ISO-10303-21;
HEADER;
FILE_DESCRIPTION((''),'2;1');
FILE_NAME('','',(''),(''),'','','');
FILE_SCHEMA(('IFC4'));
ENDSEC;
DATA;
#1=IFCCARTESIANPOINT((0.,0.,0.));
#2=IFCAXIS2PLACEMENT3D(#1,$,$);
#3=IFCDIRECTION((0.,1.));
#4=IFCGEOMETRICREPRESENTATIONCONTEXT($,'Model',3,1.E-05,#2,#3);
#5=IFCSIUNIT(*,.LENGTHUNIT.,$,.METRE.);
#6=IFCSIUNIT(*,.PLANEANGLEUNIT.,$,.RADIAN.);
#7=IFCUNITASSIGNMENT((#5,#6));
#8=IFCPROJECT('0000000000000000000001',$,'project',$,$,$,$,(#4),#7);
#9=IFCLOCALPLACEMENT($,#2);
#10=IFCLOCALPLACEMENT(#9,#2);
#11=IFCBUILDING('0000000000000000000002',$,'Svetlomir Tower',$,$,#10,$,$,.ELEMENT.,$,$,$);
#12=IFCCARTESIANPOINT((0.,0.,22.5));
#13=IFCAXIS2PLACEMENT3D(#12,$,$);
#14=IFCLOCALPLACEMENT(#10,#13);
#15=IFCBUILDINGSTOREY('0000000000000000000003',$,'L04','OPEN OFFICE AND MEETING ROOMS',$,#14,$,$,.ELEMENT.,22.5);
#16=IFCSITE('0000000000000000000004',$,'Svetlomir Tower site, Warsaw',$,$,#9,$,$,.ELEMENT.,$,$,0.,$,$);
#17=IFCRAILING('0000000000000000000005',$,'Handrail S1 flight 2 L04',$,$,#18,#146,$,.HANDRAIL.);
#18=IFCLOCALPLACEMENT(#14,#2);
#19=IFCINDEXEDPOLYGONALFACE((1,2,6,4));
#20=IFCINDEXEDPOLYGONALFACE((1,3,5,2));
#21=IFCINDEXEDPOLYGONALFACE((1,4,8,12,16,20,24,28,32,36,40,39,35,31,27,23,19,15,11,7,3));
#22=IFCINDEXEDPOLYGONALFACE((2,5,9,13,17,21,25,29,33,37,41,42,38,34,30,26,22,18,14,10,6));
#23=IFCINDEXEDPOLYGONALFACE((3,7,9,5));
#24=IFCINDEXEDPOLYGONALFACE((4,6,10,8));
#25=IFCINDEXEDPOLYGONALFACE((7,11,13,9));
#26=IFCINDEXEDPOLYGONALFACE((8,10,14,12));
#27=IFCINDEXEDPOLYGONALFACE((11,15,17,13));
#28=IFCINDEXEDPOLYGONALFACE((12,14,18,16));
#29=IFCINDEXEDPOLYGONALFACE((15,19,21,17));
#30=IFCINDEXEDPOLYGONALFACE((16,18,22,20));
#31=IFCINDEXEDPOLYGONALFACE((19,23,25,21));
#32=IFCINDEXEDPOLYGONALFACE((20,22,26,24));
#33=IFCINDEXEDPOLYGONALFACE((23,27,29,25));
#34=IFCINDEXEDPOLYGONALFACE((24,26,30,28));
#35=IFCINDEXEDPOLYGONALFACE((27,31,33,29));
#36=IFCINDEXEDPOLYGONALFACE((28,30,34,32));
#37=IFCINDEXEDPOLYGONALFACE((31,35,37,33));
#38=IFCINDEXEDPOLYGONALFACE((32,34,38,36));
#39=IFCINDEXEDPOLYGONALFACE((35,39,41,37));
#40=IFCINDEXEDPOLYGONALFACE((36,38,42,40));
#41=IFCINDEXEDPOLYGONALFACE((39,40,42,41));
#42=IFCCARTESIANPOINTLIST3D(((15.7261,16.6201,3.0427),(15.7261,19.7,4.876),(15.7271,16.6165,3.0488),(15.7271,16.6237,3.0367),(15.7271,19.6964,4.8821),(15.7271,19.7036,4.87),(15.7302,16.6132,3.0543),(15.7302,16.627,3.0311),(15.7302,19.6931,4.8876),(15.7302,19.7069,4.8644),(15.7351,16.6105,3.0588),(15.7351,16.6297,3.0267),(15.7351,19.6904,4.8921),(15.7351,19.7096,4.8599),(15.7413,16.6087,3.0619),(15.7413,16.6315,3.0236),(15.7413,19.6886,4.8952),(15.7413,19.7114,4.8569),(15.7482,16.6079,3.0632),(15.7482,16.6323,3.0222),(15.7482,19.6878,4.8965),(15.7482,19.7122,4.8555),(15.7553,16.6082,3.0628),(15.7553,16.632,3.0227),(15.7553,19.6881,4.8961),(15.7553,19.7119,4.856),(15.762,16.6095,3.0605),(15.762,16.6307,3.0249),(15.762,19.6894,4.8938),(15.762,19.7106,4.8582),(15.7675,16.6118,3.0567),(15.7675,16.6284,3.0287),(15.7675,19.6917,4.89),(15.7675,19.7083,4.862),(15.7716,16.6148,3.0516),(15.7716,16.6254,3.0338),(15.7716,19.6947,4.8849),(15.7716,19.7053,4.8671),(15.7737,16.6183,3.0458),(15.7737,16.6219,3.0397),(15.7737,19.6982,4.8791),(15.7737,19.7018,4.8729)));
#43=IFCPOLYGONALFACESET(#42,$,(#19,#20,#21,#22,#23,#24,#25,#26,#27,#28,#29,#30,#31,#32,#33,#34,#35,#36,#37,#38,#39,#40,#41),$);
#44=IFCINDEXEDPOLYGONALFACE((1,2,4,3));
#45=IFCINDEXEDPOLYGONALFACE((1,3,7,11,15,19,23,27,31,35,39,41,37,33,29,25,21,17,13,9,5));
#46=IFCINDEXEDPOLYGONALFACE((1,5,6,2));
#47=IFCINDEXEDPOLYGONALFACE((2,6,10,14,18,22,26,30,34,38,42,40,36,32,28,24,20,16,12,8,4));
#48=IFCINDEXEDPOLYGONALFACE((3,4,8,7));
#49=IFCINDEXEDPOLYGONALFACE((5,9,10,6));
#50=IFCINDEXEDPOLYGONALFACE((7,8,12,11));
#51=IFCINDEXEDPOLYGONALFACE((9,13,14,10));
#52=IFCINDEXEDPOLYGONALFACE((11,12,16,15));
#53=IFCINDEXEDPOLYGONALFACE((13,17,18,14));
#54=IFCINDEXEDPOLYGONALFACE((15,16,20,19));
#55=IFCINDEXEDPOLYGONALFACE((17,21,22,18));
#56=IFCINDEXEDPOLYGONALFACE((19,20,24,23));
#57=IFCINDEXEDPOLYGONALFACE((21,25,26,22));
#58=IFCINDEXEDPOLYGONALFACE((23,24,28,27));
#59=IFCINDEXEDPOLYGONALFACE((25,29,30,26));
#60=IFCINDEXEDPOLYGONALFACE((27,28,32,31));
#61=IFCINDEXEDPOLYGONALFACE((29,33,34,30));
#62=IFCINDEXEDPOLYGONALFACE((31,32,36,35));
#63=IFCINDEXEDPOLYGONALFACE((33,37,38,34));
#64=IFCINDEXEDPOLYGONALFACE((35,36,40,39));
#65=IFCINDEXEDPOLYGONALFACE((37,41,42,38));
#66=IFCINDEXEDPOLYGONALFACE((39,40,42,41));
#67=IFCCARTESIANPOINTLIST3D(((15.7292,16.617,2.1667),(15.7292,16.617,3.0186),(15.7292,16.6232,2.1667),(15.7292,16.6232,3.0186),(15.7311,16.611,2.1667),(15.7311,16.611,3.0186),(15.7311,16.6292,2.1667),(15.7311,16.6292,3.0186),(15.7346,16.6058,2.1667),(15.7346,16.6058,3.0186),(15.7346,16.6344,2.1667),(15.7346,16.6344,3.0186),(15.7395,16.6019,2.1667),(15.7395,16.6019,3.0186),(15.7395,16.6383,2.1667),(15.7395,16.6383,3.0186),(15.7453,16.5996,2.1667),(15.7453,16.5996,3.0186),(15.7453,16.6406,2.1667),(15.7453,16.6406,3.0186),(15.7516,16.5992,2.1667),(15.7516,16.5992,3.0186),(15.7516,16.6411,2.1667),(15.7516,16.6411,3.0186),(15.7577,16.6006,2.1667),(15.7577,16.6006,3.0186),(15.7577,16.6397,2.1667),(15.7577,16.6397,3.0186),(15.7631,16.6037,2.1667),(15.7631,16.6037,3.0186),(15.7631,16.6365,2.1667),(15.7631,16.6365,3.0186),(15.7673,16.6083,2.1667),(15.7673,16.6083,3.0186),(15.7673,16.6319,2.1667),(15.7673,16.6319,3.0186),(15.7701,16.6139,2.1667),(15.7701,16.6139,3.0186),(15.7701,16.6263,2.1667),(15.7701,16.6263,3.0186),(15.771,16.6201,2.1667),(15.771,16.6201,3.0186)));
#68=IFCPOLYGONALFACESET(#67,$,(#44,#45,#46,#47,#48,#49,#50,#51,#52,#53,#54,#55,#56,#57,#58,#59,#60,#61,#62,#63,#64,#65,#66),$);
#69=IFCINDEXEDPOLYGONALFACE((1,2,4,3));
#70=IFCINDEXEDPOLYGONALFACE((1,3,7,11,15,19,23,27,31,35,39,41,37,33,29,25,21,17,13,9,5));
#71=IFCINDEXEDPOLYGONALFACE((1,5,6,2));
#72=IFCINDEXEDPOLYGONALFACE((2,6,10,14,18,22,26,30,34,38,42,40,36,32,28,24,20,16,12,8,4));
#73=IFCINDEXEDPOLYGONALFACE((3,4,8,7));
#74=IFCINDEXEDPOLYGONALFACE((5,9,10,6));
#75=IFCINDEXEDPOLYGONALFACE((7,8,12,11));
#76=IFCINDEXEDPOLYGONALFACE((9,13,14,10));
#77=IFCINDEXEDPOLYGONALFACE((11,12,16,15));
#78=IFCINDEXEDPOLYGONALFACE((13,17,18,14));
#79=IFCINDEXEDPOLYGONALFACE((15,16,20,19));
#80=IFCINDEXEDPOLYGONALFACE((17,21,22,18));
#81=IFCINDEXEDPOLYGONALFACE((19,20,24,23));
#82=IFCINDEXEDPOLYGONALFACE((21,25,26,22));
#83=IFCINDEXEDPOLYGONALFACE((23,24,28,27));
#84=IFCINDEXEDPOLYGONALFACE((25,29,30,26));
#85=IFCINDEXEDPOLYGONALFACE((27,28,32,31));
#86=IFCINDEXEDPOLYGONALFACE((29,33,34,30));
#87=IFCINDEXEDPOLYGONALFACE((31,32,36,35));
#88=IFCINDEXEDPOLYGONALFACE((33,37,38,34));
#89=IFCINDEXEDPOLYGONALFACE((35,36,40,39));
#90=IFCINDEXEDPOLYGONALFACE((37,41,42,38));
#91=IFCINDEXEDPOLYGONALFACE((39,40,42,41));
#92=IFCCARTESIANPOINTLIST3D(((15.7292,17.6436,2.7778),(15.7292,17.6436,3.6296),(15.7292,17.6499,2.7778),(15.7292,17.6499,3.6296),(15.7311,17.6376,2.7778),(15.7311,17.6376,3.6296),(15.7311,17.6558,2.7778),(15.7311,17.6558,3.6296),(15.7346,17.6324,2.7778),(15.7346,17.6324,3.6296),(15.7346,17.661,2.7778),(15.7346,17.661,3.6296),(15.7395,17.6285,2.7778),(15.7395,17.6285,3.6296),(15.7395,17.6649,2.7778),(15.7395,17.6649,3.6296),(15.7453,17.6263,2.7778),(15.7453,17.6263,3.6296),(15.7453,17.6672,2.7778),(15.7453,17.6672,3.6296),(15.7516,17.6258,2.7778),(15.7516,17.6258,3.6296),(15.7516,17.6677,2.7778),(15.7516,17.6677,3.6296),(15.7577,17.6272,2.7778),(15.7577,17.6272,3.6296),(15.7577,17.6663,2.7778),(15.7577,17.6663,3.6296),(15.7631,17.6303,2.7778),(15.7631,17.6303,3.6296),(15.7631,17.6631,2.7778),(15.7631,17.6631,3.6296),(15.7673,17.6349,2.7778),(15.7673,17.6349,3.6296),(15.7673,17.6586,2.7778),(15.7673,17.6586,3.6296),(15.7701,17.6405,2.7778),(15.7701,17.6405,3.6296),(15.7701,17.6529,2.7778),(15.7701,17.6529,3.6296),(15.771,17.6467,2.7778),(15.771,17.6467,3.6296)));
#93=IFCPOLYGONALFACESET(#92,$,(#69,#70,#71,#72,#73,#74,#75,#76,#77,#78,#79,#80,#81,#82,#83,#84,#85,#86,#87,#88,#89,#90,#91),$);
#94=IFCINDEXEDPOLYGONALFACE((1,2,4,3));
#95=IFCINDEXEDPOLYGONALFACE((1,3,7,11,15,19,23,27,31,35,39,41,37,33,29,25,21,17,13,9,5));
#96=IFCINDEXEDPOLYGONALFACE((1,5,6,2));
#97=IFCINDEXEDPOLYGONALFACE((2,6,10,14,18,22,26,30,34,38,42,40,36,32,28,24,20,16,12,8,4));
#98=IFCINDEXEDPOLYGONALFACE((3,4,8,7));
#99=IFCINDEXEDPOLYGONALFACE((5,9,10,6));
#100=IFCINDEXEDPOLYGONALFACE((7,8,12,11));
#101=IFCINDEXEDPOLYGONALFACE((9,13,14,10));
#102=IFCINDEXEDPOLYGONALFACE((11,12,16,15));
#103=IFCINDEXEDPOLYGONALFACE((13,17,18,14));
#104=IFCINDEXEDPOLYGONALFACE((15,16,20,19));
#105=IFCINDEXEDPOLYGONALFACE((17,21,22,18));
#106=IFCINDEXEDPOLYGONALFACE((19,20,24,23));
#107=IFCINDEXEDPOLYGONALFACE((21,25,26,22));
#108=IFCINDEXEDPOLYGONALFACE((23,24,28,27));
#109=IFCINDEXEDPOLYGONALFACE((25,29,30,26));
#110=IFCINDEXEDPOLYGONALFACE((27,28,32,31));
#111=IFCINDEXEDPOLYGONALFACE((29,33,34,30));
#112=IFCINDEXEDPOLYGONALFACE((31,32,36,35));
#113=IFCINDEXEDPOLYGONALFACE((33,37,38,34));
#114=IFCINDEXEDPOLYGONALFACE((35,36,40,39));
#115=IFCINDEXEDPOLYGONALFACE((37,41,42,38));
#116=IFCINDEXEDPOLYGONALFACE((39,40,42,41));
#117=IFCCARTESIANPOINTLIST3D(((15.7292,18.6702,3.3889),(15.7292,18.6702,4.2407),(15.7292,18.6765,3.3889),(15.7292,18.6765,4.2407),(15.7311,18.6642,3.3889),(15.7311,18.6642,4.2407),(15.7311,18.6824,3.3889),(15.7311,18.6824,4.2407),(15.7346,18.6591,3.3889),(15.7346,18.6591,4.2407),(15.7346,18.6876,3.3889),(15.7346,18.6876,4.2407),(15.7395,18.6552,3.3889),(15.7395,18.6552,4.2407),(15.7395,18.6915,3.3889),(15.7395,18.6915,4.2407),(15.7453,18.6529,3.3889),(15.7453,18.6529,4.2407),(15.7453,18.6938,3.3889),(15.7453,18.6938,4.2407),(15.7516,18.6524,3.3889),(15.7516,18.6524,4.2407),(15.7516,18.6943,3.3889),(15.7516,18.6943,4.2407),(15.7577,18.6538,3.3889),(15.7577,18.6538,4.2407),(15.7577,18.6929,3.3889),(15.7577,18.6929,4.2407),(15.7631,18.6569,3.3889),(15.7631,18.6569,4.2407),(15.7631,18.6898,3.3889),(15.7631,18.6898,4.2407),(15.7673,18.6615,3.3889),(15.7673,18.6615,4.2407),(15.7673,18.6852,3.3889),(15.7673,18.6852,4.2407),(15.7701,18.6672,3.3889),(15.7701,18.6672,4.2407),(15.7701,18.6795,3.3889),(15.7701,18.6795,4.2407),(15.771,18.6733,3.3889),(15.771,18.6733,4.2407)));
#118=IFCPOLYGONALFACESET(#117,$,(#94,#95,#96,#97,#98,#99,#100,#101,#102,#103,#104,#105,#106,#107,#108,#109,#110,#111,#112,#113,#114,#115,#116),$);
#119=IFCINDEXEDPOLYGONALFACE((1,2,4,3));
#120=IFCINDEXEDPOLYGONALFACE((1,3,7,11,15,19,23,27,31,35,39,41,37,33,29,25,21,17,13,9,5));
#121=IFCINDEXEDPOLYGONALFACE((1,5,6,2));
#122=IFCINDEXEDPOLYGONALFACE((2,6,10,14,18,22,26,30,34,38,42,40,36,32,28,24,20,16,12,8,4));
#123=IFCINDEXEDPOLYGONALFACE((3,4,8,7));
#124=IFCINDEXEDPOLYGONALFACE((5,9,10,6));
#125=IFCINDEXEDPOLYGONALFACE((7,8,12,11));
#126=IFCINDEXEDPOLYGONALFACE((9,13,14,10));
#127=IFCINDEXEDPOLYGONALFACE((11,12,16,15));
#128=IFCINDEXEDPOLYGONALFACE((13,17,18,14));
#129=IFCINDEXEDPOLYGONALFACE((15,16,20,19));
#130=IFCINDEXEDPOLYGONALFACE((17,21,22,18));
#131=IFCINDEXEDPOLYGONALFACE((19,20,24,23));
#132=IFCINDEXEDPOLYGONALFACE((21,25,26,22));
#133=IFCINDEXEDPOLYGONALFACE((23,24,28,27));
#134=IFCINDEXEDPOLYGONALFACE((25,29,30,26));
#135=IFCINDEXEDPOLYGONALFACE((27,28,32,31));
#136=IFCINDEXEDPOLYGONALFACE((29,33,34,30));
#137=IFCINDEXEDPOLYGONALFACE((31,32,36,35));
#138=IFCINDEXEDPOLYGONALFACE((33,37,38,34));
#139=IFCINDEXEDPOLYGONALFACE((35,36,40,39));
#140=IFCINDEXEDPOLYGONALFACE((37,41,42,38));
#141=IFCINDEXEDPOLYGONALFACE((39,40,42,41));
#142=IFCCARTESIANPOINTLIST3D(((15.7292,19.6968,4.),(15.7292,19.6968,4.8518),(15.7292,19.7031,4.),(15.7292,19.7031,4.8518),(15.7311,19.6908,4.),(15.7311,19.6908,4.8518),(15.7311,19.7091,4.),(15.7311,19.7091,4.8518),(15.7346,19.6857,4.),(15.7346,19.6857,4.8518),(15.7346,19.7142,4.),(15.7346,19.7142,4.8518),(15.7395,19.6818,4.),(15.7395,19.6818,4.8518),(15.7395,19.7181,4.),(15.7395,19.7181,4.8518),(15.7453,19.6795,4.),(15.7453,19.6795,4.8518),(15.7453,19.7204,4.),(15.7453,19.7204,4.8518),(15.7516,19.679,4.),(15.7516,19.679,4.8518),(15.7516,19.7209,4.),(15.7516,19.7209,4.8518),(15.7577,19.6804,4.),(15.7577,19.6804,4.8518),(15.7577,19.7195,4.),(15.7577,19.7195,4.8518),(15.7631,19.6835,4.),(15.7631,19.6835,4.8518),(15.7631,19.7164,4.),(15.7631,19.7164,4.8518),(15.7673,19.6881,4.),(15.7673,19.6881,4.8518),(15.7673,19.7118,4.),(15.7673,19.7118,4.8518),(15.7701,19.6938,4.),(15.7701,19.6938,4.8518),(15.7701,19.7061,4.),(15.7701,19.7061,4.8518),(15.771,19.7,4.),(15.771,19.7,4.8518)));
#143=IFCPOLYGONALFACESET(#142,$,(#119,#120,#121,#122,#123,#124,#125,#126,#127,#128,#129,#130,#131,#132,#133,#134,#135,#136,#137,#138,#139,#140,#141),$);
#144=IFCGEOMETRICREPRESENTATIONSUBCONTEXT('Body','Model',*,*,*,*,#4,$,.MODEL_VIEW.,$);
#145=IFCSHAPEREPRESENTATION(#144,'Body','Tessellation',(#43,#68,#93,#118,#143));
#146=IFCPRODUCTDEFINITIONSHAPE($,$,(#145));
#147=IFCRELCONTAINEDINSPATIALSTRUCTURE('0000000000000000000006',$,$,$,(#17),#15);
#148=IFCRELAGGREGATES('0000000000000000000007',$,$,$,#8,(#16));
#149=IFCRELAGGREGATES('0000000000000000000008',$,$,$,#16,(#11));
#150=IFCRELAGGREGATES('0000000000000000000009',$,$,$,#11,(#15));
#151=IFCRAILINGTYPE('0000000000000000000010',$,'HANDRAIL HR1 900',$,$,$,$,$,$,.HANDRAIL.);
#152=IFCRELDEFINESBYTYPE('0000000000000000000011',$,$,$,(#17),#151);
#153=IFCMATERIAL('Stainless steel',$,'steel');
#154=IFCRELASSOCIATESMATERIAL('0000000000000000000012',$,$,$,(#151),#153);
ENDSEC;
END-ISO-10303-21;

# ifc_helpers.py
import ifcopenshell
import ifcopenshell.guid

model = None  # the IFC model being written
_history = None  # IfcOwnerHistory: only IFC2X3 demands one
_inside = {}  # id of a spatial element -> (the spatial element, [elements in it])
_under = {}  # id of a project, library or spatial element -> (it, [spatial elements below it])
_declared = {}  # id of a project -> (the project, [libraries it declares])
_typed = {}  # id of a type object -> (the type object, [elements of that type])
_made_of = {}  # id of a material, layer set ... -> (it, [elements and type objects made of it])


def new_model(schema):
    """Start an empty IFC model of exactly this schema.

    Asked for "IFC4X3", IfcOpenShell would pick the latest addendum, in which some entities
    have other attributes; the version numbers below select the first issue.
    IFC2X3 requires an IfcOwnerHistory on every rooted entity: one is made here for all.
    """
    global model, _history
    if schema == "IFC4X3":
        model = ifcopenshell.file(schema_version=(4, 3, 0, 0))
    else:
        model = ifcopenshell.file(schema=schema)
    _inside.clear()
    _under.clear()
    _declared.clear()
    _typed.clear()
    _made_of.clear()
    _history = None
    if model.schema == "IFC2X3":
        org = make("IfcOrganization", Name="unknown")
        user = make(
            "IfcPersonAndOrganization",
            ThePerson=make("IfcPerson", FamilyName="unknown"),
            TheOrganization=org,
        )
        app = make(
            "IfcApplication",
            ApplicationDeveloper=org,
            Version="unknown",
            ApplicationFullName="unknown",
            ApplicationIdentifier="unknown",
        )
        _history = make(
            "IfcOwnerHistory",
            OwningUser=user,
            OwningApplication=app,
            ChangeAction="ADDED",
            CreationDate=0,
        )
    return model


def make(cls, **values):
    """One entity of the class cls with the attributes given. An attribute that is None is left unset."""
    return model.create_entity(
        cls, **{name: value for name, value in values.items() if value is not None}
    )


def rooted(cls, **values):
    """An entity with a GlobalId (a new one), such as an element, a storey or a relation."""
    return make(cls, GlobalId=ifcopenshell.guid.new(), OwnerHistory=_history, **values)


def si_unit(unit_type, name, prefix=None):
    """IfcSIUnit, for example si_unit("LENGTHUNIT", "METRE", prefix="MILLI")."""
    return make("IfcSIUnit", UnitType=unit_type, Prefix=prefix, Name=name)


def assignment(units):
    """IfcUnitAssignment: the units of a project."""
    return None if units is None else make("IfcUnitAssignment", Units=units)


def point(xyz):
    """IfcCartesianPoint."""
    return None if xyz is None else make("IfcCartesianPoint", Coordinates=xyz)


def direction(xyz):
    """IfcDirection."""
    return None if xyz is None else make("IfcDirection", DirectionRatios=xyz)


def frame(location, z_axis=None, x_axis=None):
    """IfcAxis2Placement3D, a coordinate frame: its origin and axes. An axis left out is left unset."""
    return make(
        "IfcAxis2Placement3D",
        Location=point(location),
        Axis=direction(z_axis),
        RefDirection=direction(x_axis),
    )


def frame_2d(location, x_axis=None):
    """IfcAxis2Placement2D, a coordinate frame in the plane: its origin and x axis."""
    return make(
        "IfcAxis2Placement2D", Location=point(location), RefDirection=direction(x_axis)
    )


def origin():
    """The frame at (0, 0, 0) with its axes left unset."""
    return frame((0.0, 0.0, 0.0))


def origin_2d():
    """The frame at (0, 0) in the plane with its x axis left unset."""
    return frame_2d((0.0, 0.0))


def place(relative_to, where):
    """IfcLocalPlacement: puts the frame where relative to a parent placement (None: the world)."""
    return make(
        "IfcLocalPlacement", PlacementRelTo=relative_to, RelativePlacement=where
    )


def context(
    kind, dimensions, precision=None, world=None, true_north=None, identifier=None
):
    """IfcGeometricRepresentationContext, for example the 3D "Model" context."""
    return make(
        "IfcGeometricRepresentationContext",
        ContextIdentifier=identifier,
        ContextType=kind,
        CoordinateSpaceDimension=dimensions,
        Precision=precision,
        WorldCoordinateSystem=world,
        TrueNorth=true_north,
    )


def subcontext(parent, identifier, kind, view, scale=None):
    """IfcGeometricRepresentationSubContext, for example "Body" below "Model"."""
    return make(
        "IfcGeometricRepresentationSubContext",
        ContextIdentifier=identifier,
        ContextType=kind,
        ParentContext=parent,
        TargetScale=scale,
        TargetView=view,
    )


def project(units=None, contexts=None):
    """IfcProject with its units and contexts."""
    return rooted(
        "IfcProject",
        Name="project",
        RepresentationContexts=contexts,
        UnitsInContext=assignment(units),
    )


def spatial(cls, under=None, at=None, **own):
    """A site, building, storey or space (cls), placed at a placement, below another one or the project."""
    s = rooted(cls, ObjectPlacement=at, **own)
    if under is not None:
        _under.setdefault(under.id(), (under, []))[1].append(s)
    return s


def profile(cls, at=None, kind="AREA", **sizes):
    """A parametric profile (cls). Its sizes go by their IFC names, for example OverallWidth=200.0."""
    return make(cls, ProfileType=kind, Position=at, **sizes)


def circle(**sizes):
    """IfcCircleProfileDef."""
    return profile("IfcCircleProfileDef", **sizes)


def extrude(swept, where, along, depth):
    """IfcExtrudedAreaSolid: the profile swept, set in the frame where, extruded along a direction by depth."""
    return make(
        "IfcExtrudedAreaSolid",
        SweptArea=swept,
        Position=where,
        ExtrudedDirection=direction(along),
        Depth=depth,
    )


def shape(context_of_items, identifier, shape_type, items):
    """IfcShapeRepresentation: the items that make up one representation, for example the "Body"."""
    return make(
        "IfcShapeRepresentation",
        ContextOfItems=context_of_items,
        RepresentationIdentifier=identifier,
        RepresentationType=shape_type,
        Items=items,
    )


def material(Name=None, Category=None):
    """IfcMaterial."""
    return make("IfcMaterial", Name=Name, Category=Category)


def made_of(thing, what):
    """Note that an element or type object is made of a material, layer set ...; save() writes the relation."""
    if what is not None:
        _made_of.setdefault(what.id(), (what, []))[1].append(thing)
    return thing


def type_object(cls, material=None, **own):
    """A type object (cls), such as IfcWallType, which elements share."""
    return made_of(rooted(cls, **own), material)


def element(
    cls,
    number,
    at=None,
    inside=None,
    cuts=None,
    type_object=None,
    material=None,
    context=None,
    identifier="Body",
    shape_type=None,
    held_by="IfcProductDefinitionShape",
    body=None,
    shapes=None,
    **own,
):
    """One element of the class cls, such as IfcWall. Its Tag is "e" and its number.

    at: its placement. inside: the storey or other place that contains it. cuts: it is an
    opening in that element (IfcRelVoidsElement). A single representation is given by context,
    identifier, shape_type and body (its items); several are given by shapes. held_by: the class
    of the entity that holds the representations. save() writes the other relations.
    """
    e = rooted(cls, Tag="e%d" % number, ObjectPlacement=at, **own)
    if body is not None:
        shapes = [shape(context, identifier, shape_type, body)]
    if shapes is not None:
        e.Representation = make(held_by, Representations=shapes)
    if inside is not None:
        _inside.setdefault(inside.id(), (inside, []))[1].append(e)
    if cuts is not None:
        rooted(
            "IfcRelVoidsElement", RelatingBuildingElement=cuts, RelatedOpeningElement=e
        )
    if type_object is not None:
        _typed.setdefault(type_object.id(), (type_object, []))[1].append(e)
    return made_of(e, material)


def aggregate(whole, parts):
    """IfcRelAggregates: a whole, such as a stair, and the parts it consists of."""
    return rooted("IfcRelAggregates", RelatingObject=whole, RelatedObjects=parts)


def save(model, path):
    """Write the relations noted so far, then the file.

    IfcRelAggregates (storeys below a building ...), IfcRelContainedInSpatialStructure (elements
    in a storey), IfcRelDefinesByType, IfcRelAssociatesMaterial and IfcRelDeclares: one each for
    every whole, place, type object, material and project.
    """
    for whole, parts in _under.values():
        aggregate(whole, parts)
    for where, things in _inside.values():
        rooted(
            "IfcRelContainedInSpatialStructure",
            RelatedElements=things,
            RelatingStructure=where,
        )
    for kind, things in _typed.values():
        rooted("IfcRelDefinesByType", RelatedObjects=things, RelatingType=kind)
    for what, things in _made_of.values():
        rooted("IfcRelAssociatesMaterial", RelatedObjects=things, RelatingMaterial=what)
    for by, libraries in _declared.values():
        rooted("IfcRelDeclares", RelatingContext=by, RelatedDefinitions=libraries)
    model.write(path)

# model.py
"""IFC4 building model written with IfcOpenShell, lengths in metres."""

from ifc_helpers import new_model, si_unit, direction, frame, origin, origin_2d, place, context, subcontext, project, spatial, circle, extrude, material, type_object, element, save


model = new_model("IFC4")

# Units and contexts
model_context = context("Model", 3, precision=1e-05, world=origin(), true_north=direction((0.0, 1.0)))
body_context = subcontext(model_context, "Body", "Model", "MODEL_VIEW")
ifc_project = project(units=[si_unit("LENGTHUNIT", "METRE"), si_unit("PLANEANGLEUNIT", "RADIAN")], contexts=[model_context])

# Site, building, storey
site_placement = place(None, origin())
site = spatial("IfcSite", under=ifc_project, at=site_placement, Name="Svetlomir Tower site, Warsaw", CompositionType="ELEMENT", RefElevation=0.0)
building_placement = place(site_placement, origin())
building = spatial("IfcBuilding", under=site, at=building_placement, Name="Svetlomir Tower", CompositionType="ELEMENT")
storey_placement = place(building_placement, frame((0.0, 0.0, 22.5)))
storey = spatial("IfcBuildingStorey", under=building, at=storey_placement, Name="L04", Description="OPEN OFFICE AND MEETING ROOMS", CompositionType="ELEMENT", Elevation=22.5)

# Railing
ifc_material_1 = material(Name="Stainless steel", Category="steel")
railing_type = type_object("IfcRailingType", Name="HANDRAIL HR1 900", PredefinedType="HANDRAIL", material=ifc_material_1)
railing_placement = place(storey_placement, frame((15.75, 16.6201, 2.1667)))
element("IfcRailing", 1, at=railing_placement, inside=storey, type_object=railing_type, Name="Handrail S1 flight 2 L04", PredefinedType="HANDRAIL", context=body_context, shape_type="SweptSolid", body=[
    extrude(circle(Radius=0.0239, at=origin_2d()), frame((0.0, 0.0, 0.876), z_axis=(0.0, 0.859291, 0.511487), x_axis=(-1.0, 0.0, 0.0)), (0.0, 0.0, 1.0), 3.5842),
    extrude(circle(Radius=0.021, at=origin_2d()), origin(), (0.0, 0.0, 1.0), 0.8518),
    extrude(circle(Radius=0.021, at=origin_2d()), frame((0.0, 1.0266, 0.6111)), (0.0, 0.0, 1.0), 0.8518),
    extrude(circle(Radius=0.021, at=origin_2d()), frame((0.0, 2.0532, 1.2222)), (0.0, 0.0, 1.0), 0.8518),
    extrude(circle(Radius=0.021, at=origin_2d()), frame((0.0, 3.0798, 1.8333)), (0.0, 0.0, 1.0), 0.8518),
])

save(model, "model.ifc")
